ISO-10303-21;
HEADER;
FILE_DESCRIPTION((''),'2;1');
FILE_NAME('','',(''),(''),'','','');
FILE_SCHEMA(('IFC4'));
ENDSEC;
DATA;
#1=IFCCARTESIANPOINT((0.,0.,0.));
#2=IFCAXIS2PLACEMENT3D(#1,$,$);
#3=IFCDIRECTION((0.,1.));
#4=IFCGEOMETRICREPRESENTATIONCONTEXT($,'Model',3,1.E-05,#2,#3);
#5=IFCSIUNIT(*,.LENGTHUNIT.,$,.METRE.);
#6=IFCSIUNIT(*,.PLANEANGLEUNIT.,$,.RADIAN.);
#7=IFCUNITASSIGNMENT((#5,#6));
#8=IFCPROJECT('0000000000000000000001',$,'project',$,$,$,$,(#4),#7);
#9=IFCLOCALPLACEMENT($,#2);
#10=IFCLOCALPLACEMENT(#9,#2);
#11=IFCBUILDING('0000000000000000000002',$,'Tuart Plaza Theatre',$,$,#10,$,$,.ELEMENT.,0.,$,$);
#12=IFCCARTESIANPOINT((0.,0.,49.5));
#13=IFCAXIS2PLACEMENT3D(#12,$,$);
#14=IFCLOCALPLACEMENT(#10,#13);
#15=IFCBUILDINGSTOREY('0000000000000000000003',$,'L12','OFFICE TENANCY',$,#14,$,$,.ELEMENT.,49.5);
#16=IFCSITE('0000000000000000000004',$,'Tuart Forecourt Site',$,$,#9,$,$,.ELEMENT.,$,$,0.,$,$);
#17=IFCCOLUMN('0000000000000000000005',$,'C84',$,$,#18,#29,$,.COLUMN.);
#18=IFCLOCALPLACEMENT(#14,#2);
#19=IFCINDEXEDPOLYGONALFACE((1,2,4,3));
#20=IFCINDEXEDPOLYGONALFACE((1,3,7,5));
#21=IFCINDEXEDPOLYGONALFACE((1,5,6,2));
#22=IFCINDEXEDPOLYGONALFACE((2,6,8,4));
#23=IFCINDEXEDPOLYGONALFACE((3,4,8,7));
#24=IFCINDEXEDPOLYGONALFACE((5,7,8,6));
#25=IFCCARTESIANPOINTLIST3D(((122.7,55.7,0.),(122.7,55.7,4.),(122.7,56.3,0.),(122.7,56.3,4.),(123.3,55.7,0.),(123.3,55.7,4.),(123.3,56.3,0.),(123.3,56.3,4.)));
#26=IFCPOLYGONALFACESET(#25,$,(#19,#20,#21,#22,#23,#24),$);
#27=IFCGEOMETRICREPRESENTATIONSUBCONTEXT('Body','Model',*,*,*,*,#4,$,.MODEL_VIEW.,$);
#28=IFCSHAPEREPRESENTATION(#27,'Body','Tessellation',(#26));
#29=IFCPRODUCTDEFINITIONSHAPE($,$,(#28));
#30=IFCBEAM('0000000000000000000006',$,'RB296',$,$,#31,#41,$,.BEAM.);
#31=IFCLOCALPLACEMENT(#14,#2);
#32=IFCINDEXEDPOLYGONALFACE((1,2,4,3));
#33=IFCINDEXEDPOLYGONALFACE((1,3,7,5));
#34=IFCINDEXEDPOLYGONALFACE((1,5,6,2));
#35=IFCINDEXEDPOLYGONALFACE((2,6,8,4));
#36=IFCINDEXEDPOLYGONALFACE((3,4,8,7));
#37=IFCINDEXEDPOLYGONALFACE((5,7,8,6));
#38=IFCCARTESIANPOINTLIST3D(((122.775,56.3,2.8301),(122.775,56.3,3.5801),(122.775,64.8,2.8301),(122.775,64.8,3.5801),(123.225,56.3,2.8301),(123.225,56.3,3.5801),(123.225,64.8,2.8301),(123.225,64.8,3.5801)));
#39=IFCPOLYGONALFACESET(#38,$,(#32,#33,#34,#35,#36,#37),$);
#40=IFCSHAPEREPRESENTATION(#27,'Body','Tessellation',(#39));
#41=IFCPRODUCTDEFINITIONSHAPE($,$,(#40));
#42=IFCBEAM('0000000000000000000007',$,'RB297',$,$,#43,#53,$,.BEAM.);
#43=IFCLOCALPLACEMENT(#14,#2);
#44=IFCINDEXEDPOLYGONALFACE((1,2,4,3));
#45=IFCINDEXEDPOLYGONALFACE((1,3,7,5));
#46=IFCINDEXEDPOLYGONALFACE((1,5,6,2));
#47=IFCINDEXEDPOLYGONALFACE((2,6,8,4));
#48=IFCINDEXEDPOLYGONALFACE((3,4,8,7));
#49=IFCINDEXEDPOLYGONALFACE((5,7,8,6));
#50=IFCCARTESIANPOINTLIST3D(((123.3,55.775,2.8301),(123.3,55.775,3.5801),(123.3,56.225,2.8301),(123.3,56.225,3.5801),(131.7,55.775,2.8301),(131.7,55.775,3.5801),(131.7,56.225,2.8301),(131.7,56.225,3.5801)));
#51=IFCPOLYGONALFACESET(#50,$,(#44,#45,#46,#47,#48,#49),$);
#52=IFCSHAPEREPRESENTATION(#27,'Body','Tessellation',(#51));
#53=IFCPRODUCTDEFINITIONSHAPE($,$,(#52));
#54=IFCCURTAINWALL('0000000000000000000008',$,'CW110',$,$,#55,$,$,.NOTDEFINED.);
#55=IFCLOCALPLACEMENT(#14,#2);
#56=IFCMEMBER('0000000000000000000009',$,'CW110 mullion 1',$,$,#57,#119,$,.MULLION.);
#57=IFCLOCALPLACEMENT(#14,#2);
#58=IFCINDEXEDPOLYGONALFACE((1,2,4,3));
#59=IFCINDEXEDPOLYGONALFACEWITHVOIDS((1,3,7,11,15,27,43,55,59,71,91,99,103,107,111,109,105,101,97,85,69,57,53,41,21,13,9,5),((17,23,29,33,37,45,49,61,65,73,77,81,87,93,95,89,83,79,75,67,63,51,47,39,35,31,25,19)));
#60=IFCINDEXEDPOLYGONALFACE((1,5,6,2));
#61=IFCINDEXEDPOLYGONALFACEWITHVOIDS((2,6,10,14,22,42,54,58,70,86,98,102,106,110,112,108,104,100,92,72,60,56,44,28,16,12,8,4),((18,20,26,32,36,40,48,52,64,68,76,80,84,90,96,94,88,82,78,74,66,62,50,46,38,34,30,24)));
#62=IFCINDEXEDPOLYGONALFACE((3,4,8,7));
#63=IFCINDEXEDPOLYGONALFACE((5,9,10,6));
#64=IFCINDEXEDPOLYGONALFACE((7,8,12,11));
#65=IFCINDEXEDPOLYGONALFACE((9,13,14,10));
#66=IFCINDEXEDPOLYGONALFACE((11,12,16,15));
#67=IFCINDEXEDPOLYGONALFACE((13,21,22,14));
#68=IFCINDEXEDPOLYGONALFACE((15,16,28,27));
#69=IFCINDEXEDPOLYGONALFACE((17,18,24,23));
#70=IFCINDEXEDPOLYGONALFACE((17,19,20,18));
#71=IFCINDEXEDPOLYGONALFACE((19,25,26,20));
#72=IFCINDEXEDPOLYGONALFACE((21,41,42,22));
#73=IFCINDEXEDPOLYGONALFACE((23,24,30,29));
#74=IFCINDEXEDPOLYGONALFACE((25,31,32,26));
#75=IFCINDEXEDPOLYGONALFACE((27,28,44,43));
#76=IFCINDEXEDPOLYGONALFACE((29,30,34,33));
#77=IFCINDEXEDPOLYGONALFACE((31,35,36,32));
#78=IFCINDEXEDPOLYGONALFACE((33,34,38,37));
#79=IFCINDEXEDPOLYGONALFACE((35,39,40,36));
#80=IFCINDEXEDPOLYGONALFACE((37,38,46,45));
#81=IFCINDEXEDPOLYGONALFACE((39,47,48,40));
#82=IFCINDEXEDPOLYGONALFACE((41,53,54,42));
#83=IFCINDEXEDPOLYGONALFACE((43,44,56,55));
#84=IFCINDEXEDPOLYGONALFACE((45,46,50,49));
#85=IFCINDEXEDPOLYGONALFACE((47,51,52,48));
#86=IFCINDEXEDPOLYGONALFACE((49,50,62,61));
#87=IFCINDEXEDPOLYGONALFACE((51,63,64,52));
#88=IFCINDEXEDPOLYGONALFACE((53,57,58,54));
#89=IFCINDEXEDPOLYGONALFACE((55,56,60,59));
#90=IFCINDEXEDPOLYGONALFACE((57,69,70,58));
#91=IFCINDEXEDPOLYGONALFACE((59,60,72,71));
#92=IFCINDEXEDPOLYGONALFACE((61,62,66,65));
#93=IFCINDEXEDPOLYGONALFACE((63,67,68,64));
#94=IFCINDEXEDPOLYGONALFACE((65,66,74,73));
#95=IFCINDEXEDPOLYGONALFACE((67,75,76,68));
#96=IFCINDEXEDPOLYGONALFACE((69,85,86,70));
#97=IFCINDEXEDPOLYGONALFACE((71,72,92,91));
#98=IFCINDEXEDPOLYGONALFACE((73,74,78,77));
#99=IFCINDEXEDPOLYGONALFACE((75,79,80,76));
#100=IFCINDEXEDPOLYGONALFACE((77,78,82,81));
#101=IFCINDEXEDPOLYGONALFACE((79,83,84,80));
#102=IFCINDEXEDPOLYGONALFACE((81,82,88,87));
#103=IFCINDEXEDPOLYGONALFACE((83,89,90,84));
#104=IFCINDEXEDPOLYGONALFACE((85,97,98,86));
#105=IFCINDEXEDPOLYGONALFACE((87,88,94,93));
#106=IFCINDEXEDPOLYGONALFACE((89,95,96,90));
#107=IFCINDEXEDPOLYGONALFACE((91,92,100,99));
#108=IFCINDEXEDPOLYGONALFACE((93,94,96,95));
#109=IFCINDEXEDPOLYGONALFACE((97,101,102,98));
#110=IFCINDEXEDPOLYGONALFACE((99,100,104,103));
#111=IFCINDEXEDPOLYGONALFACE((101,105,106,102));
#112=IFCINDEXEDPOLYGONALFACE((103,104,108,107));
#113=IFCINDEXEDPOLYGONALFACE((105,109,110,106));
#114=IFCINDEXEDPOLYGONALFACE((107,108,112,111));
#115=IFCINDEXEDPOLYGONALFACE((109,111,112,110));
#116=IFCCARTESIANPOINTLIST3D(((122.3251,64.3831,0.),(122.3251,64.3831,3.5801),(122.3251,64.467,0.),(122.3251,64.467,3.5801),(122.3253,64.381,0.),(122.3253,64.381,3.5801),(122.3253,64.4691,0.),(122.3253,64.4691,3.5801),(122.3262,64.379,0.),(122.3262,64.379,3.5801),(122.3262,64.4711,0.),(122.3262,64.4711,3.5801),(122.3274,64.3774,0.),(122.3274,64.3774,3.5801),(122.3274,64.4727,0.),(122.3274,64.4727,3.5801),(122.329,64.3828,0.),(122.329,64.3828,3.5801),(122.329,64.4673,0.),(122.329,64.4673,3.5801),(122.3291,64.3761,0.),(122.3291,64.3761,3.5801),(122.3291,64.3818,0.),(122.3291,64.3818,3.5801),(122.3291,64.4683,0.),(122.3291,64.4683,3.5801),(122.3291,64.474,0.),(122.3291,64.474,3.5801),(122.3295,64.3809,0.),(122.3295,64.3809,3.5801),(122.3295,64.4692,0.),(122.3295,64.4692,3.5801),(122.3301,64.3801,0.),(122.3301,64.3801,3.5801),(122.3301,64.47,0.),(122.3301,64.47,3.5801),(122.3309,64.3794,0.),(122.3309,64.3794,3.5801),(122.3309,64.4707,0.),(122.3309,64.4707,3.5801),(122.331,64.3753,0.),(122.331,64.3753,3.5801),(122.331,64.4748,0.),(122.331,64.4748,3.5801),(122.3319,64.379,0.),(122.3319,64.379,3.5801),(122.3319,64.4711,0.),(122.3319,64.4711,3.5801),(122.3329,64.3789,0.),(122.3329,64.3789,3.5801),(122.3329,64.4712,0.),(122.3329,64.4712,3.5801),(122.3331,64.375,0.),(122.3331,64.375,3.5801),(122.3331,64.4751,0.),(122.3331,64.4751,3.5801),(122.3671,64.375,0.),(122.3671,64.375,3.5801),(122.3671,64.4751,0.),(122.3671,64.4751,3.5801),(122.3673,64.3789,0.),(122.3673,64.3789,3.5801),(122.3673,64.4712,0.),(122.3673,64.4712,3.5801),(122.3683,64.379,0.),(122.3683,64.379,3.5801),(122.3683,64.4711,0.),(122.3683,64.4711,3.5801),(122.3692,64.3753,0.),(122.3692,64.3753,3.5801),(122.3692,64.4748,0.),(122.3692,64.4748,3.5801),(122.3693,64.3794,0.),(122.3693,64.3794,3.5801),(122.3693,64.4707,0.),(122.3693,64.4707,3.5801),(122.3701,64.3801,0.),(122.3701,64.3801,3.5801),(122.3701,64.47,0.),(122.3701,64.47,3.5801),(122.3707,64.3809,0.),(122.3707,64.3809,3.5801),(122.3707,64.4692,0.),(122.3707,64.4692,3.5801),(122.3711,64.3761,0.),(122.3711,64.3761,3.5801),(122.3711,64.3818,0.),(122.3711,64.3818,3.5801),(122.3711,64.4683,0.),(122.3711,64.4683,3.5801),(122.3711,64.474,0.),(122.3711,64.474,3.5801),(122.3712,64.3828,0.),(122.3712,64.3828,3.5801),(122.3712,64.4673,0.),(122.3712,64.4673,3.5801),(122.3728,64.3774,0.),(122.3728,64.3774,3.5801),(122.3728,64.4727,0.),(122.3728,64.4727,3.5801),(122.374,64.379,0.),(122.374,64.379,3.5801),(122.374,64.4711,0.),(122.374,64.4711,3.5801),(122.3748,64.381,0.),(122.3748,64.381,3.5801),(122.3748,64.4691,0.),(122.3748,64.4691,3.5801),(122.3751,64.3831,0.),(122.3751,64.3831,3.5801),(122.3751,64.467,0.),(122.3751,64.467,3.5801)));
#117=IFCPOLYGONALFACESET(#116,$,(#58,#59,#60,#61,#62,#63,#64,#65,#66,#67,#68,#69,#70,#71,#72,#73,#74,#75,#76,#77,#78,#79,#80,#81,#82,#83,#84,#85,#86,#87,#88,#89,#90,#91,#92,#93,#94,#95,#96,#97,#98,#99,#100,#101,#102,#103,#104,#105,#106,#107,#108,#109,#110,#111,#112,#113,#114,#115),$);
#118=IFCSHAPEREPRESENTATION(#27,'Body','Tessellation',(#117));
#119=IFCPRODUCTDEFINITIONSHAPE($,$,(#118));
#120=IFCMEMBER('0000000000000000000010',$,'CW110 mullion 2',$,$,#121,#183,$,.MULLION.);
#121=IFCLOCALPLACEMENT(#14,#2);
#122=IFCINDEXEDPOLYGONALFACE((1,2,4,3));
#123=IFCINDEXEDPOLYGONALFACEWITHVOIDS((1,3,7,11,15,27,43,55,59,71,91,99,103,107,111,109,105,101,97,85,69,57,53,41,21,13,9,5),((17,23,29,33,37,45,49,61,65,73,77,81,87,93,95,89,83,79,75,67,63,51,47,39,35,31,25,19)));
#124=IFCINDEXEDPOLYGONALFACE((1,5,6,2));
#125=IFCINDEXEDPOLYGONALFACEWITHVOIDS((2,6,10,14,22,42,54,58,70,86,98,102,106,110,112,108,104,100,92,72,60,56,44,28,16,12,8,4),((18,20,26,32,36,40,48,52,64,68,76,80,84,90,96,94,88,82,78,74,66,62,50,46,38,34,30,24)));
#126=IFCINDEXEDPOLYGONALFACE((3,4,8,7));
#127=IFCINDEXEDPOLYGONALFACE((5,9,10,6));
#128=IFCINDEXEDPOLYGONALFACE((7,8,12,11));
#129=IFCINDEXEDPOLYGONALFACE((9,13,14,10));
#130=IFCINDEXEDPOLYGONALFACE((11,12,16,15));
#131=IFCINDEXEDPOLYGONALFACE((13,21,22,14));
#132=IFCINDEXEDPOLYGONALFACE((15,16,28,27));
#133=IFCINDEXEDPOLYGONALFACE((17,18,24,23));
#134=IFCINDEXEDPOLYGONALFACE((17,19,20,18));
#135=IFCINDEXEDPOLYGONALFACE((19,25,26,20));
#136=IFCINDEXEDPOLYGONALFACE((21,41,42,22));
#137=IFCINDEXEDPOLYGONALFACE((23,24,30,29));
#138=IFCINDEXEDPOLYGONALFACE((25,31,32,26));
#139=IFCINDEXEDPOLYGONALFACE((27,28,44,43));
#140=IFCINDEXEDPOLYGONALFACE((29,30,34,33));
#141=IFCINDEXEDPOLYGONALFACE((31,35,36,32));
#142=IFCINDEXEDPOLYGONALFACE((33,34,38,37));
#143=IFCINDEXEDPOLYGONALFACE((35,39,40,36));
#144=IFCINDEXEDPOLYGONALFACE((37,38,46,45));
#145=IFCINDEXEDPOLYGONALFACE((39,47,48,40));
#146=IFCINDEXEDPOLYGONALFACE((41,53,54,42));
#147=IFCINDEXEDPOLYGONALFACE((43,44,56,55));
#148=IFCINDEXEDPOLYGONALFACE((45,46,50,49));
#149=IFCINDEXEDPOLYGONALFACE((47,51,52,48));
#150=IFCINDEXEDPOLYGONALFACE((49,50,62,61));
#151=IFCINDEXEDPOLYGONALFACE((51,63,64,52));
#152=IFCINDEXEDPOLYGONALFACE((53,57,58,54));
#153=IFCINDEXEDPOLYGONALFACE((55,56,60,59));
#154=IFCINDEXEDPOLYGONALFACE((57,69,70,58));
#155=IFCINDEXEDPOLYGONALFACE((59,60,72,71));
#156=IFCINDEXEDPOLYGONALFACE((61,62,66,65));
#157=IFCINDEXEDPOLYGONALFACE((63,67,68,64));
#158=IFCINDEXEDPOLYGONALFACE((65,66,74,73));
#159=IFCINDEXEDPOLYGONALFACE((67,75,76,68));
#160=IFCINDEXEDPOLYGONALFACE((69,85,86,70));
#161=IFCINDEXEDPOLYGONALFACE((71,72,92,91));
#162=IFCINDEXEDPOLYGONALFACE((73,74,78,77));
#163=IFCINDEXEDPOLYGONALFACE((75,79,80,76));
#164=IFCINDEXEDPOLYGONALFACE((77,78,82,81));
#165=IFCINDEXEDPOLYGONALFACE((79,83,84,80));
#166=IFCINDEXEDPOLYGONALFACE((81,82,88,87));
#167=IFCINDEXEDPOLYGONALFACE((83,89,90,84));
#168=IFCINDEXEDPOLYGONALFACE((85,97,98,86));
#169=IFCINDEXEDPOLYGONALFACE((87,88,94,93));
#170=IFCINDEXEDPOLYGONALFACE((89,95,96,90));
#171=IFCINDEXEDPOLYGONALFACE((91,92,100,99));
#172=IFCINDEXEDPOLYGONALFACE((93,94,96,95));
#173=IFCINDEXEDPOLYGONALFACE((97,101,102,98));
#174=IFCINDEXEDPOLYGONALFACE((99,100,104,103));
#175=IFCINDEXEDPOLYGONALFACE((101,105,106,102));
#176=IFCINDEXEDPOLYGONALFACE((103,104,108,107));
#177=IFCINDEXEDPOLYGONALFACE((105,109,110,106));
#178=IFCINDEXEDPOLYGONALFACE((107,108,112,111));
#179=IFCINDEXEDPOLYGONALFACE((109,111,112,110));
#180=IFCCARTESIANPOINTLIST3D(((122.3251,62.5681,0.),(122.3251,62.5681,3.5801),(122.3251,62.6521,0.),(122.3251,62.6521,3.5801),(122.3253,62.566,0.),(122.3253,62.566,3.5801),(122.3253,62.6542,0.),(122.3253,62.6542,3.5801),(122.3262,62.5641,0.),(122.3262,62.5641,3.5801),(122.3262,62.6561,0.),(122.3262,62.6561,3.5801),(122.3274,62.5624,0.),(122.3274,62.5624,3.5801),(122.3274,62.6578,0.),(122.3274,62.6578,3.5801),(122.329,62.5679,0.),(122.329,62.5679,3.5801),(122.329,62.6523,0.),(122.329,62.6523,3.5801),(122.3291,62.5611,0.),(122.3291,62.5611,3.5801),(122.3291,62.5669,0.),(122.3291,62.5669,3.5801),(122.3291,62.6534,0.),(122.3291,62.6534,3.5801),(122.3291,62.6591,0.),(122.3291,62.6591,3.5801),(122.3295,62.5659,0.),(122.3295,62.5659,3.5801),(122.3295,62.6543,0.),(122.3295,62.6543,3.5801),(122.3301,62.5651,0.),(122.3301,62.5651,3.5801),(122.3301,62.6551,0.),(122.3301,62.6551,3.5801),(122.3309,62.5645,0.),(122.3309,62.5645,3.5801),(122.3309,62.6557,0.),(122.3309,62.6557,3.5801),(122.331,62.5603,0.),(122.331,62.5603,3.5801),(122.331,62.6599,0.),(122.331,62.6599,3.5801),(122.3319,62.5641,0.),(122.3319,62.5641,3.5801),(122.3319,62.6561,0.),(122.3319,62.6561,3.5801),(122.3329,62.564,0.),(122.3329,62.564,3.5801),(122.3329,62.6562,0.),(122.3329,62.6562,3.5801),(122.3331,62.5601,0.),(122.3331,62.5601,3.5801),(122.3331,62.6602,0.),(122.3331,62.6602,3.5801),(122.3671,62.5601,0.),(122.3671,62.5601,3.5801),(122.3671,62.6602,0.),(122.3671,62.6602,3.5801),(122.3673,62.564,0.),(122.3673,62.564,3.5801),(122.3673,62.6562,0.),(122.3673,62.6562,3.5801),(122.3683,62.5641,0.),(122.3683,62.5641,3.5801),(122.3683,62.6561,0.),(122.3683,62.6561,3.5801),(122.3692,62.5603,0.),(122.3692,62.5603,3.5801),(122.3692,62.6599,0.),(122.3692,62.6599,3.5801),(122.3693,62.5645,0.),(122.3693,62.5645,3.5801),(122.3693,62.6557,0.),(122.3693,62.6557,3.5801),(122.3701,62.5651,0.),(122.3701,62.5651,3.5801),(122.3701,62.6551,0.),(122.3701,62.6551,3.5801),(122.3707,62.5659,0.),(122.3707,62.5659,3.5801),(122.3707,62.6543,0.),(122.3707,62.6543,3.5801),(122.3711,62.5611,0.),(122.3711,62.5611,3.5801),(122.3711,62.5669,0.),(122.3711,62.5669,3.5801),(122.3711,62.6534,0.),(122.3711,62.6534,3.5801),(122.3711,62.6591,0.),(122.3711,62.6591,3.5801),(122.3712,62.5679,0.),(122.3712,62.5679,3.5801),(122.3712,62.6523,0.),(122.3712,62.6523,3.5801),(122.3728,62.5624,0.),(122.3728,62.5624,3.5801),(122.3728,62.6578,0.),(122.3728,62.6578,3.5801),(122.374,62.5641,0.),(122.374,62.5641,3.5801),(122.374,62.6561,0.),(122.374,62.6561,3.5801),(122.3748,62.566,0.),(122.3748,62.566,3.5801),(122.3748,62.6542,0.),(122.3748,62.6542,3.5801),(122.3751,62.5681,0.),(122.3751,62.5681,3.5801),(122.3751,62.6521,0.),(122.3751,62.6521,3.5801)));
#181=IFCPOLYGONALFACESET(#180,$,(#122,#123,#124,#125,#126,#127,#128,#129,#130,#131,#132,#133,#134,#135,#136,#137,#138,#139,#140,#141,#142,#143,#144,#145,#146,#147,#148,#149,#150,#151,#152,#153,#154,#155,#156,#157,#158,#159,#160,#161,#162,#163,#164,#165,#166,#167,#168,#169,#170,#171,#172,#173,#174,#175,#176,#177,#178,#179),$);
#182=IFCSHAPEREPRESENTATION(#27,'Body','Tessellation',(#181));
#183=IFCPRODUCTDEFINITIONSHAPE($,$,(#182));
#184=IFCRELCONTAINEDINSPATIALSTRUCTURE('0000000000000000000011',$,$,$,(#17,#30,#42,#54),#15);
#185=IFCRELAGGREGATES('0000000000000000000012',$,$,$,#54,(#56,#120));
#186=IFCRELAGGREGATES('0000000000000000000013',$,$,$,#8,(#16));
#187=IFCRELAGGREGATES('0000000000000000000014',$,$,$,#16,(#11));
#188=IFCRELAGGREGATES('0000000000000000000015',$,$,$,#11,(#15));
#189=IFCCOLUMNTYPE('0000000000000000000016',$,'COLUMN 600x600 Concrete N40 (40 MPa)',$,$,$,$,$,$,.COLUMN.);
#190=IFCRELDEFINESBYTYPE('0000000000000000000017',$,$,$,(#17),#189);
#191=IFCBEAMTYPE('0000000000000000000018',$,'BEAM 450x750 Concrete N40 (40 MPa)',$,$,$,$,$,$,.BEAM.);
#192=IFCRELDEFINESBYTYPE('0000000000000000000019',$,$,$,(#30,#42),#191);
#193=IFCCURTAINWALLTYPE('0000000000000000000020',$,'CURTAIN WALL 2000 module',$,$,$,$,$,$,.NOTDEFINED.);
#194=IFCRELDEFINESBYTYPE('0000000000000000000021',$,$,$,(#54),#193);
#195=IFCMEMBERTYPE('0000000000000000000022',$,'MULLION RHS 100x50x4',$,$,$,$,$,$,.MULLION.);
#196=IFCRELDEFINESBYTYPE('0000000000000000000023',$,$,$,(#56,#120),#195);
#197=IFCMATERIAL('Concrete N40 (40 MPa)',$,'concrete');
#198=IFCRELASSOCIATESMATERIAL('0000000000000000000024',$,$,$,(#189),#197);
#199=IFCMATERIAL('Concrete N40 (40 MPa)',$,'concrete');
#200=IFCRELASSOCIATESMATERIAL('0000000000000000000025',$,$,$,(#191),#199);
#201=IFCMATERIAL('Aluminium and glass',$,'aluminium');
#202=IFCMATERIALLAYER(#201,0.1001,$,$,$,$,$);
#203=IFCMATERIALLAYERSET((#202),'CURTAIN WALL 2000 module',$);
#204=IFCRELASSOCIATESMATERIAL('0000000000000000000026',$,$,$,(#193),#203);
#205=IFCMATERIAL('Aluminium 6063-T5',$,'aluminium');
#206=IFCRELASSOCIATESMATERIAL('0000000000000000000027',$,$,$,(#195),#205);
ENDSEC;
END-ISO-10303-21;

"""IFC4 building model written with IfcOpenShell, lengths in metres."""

from ifc_helpers import new_model, si_unit, direction, frame, origin, origin_2d, place, context, subcontext, project, spatial, rectangle, hollow_rectangle, extrude, material, layer, layer_set, material_profile, profile_set, type_object, element, aggregate, save


model = new_model("IFC4")

# Units and contexts
model_context = context("Model", 3, precision=1e-05, world=origin(), true_north=direction((0.0, 1.0)))
body_context = subcontext(model_context, "Body", "Model", "MODEL_VIEW")
ifc_project = project(units=[si_unit("LENGTHUNIT", "METRE"), si_unit("PLANEANGLEUNIT", "RADIAN")], contexts=[model_context])

# Site, building, storey
site_placement = place(None, origin())
site = spatial("IfcSite", under=ifc_project, at=site_placement, Name="Tuart Forecourt Site", CompositionType="ELEMENT", RefElevation=0.0)
building_placement = place(site_placement, origin())
building = spatial("IfcBuilding", under=site, at=building_placement, Name="Tuart Plaza Theatre", CompositionType="ELEMENT", ElevationOfRefHeight=0.0)
storey_placement = place(building_placement, frame((0.0, 0.0, 49.5)))
storey = spatial("IfcBuildingStorey", under=building, at=storey_placement, Name="L12", Description="OFFICE TENANCY", CompositionType="ELEMENT", Elevation=49.5)

# Column
ifc_material_1 = material(Name="Concrete N40 (40 MPa)", Category="concrete")
ifc_material_profile_1 = material_profile(ifc_material_1, rectangle(XDim=0.6001, YDim=0.6001, at=origin_2d()), Name="COLUMN 600x600 Concrete N40 (40 MPa)")
ifc_profile_set_1 = profile_set([ifc_material_profile_1], Name="Concrete N40 (40 MPa)")
column_type = type_object("IfcColumnType", Name="COLUMN 600x600 Concrete N40 (40 MPa)", PredefinedType="COLUMN", material=ifc_profile_set_1)
column_placement = place(storey_placement, frame((123.0, 56.0, 0.0), z_axis=(0.0, 0.0, 1.0), x_axis=(1.0, 0.0, 0.0)))
element("IfcColumn", 1, at=column_placement, inside=storey, type_object=column_type, Name="C84", PredefinedType="COLUMN", context=body_context, shape_type="SweptSolid", body=[
    extrude(rectangle(XDim=0.6001, YDim=0.6001, at=origin_2d()), origin(), (0.0, 0.0, 1.0), 4.0),
])

# Beams
ifc_material_2 = material(Name="Concrete N40 (40 MPa)", Category="concrete")
ifc_material_profile_2 = material_profile(ifc_material_2, rectangle(XDim=0.45, YDim=0.75, at=origin_2d()), Name="BEAM 450x750 Concrete N40 (40 MPa)")
ifc_profile_set_2 = profile_set([ifc_material_profile_2], Name="Concrete N40 (40 MPa)")
beam_type = type_object("IfcBeamType", Name="BEAM 450x750 Concrete N40 (40 MPa)", PredefinedType="BEAM", material=ifc_profile_set_2)
beam_1_placement = place(storey_placement, frame((123.0, 56.3, 3.2051), z_axis=(0.0, 1.0, 0.0), x_axis=(-1.0, 0.0, 0.0)))
element("IfcBeam", 2, at=beam_1_placement, inside=storey, type_object=beam_type, Name="RB296", PredefinedType="BEAM", context=body_context, shape_type="SweptSolid", body=[
    extrude(rectangle(XDim=0.45, YDim=0.75, at=origin_2d()), origin(), (0.0, 0.0, 1.0), 8.5),
])
beam_2_placement = place(storey_placement, frame((123.3, 56.0, 3.2051), z_axis=(1.0, 0.0, 0.0), x_axis=(0.0, 1.0, 0.0)))
element("IfcBeam", 3, at=beam_2_placement, inside=storey, type_object=beam_type, Name="RB297", PredefinedType="BEAM", context=body_context, shape_type="SweptSolid", body=[
    extrude(rectangle(XDim=0.45, YDim=0.75, at=origin_2d()), origin(), (0.0, 0.0, 1.0), 8.3999),
])

# Curtain wall, members
ifc_material_3 = material(Name="Aluminium and glass", Category="aluminium")
ifc_layer_1 = layer(ifc_material_3, 0.1001)
ifc_layer_set_1 = layer_set([ifc_layer_1], Name="CURTAIN WALL 2000 module")
curtain_wall_type = type_object("IfcCurtainWallType", Name="CURTAIN WALL 2000 module", PredefinedType="NOTDEFINED", material=ifc_layer_set_1)
curtain_wall_1_placement = place(storey_placement, origin())
curtain_wall_1 = element("IfcCurtainWall", 4, at=curtain_wall_1_placement, inside=storey, type_object=curtain_wall_type, Name="CW110", PredefinedType="NOTDEFINED")
ifc_material_4 = material(Name="Aluminium 6063-T5", Category="aluminium")
ifc_material_profile_3 = material_profile(ifc_material_4, hollow_rectangle(XDim=0.05, YDim=0.1001, WallThickness=0.0039, InnerFilletRadius=0.0039, OuterFilletRadius=0.0081, at=origin_2d()), Name="RHS 100x50x4")
ifc_profile_set_3 = profile_set([ifc_material_profile_3], Name="Aluminium 6063-T5")
member_type_1 = type_object("IfcMemberType", Name="MULLION RHS 100x50x4", PredefinedType="MULLION", material=ifc_profile_set_3)
member_1_placement = place(storey_placement, frame((122.3501, 64.425, 0.0), z_axis=(0.0, 0.0, 1.0), x_axis=(1.0, 0.0, 0.0)))
member_1 = element("IfcMember", 5, at=member_1_placement, type_object=member_type_1, Name="CW110 mullion 1", PredefinedType="MULLION", context=body_context, shape_type="SweptSolid", body=[
    extrude(hollow_rectangle(XDim=0.05, YDim=0.1001, WallThickness=0.0039, InnerFilletRadius=0.0039, OuterFilletRadius=0.0081, at=origin_2d()), origin(), (0.0, 0.0, 1.0), 3.5801),
])
member_2_placement = place(storey_placement, frame((122.3501, 62.6101, 0.0), z_axis=(0.0, 0.0, 1.0), x_axis=(1.0, 0.0, 0.0)))
member_2 = element("IfcMember", 6, at=member_2_placement, type_object=member_type_1, Name="CW110 mullion 2", PredefinedType="MULLION", context=body_context, shape_type="SweptSolid", body=[
    extrude(hollow_rectangle(XDim=0.05, YDim=0.1001, WallThickness=0.0039, InnerFilletRadius=0.0039, OuterFilletRadius=0.0081, at=origin_2d()), origin(), (0.0, 0.0, 1.0), 3.5801),
])

aggregate(curtain_wall_1, [member_1, member_2])

save(model, "model.ifc")
